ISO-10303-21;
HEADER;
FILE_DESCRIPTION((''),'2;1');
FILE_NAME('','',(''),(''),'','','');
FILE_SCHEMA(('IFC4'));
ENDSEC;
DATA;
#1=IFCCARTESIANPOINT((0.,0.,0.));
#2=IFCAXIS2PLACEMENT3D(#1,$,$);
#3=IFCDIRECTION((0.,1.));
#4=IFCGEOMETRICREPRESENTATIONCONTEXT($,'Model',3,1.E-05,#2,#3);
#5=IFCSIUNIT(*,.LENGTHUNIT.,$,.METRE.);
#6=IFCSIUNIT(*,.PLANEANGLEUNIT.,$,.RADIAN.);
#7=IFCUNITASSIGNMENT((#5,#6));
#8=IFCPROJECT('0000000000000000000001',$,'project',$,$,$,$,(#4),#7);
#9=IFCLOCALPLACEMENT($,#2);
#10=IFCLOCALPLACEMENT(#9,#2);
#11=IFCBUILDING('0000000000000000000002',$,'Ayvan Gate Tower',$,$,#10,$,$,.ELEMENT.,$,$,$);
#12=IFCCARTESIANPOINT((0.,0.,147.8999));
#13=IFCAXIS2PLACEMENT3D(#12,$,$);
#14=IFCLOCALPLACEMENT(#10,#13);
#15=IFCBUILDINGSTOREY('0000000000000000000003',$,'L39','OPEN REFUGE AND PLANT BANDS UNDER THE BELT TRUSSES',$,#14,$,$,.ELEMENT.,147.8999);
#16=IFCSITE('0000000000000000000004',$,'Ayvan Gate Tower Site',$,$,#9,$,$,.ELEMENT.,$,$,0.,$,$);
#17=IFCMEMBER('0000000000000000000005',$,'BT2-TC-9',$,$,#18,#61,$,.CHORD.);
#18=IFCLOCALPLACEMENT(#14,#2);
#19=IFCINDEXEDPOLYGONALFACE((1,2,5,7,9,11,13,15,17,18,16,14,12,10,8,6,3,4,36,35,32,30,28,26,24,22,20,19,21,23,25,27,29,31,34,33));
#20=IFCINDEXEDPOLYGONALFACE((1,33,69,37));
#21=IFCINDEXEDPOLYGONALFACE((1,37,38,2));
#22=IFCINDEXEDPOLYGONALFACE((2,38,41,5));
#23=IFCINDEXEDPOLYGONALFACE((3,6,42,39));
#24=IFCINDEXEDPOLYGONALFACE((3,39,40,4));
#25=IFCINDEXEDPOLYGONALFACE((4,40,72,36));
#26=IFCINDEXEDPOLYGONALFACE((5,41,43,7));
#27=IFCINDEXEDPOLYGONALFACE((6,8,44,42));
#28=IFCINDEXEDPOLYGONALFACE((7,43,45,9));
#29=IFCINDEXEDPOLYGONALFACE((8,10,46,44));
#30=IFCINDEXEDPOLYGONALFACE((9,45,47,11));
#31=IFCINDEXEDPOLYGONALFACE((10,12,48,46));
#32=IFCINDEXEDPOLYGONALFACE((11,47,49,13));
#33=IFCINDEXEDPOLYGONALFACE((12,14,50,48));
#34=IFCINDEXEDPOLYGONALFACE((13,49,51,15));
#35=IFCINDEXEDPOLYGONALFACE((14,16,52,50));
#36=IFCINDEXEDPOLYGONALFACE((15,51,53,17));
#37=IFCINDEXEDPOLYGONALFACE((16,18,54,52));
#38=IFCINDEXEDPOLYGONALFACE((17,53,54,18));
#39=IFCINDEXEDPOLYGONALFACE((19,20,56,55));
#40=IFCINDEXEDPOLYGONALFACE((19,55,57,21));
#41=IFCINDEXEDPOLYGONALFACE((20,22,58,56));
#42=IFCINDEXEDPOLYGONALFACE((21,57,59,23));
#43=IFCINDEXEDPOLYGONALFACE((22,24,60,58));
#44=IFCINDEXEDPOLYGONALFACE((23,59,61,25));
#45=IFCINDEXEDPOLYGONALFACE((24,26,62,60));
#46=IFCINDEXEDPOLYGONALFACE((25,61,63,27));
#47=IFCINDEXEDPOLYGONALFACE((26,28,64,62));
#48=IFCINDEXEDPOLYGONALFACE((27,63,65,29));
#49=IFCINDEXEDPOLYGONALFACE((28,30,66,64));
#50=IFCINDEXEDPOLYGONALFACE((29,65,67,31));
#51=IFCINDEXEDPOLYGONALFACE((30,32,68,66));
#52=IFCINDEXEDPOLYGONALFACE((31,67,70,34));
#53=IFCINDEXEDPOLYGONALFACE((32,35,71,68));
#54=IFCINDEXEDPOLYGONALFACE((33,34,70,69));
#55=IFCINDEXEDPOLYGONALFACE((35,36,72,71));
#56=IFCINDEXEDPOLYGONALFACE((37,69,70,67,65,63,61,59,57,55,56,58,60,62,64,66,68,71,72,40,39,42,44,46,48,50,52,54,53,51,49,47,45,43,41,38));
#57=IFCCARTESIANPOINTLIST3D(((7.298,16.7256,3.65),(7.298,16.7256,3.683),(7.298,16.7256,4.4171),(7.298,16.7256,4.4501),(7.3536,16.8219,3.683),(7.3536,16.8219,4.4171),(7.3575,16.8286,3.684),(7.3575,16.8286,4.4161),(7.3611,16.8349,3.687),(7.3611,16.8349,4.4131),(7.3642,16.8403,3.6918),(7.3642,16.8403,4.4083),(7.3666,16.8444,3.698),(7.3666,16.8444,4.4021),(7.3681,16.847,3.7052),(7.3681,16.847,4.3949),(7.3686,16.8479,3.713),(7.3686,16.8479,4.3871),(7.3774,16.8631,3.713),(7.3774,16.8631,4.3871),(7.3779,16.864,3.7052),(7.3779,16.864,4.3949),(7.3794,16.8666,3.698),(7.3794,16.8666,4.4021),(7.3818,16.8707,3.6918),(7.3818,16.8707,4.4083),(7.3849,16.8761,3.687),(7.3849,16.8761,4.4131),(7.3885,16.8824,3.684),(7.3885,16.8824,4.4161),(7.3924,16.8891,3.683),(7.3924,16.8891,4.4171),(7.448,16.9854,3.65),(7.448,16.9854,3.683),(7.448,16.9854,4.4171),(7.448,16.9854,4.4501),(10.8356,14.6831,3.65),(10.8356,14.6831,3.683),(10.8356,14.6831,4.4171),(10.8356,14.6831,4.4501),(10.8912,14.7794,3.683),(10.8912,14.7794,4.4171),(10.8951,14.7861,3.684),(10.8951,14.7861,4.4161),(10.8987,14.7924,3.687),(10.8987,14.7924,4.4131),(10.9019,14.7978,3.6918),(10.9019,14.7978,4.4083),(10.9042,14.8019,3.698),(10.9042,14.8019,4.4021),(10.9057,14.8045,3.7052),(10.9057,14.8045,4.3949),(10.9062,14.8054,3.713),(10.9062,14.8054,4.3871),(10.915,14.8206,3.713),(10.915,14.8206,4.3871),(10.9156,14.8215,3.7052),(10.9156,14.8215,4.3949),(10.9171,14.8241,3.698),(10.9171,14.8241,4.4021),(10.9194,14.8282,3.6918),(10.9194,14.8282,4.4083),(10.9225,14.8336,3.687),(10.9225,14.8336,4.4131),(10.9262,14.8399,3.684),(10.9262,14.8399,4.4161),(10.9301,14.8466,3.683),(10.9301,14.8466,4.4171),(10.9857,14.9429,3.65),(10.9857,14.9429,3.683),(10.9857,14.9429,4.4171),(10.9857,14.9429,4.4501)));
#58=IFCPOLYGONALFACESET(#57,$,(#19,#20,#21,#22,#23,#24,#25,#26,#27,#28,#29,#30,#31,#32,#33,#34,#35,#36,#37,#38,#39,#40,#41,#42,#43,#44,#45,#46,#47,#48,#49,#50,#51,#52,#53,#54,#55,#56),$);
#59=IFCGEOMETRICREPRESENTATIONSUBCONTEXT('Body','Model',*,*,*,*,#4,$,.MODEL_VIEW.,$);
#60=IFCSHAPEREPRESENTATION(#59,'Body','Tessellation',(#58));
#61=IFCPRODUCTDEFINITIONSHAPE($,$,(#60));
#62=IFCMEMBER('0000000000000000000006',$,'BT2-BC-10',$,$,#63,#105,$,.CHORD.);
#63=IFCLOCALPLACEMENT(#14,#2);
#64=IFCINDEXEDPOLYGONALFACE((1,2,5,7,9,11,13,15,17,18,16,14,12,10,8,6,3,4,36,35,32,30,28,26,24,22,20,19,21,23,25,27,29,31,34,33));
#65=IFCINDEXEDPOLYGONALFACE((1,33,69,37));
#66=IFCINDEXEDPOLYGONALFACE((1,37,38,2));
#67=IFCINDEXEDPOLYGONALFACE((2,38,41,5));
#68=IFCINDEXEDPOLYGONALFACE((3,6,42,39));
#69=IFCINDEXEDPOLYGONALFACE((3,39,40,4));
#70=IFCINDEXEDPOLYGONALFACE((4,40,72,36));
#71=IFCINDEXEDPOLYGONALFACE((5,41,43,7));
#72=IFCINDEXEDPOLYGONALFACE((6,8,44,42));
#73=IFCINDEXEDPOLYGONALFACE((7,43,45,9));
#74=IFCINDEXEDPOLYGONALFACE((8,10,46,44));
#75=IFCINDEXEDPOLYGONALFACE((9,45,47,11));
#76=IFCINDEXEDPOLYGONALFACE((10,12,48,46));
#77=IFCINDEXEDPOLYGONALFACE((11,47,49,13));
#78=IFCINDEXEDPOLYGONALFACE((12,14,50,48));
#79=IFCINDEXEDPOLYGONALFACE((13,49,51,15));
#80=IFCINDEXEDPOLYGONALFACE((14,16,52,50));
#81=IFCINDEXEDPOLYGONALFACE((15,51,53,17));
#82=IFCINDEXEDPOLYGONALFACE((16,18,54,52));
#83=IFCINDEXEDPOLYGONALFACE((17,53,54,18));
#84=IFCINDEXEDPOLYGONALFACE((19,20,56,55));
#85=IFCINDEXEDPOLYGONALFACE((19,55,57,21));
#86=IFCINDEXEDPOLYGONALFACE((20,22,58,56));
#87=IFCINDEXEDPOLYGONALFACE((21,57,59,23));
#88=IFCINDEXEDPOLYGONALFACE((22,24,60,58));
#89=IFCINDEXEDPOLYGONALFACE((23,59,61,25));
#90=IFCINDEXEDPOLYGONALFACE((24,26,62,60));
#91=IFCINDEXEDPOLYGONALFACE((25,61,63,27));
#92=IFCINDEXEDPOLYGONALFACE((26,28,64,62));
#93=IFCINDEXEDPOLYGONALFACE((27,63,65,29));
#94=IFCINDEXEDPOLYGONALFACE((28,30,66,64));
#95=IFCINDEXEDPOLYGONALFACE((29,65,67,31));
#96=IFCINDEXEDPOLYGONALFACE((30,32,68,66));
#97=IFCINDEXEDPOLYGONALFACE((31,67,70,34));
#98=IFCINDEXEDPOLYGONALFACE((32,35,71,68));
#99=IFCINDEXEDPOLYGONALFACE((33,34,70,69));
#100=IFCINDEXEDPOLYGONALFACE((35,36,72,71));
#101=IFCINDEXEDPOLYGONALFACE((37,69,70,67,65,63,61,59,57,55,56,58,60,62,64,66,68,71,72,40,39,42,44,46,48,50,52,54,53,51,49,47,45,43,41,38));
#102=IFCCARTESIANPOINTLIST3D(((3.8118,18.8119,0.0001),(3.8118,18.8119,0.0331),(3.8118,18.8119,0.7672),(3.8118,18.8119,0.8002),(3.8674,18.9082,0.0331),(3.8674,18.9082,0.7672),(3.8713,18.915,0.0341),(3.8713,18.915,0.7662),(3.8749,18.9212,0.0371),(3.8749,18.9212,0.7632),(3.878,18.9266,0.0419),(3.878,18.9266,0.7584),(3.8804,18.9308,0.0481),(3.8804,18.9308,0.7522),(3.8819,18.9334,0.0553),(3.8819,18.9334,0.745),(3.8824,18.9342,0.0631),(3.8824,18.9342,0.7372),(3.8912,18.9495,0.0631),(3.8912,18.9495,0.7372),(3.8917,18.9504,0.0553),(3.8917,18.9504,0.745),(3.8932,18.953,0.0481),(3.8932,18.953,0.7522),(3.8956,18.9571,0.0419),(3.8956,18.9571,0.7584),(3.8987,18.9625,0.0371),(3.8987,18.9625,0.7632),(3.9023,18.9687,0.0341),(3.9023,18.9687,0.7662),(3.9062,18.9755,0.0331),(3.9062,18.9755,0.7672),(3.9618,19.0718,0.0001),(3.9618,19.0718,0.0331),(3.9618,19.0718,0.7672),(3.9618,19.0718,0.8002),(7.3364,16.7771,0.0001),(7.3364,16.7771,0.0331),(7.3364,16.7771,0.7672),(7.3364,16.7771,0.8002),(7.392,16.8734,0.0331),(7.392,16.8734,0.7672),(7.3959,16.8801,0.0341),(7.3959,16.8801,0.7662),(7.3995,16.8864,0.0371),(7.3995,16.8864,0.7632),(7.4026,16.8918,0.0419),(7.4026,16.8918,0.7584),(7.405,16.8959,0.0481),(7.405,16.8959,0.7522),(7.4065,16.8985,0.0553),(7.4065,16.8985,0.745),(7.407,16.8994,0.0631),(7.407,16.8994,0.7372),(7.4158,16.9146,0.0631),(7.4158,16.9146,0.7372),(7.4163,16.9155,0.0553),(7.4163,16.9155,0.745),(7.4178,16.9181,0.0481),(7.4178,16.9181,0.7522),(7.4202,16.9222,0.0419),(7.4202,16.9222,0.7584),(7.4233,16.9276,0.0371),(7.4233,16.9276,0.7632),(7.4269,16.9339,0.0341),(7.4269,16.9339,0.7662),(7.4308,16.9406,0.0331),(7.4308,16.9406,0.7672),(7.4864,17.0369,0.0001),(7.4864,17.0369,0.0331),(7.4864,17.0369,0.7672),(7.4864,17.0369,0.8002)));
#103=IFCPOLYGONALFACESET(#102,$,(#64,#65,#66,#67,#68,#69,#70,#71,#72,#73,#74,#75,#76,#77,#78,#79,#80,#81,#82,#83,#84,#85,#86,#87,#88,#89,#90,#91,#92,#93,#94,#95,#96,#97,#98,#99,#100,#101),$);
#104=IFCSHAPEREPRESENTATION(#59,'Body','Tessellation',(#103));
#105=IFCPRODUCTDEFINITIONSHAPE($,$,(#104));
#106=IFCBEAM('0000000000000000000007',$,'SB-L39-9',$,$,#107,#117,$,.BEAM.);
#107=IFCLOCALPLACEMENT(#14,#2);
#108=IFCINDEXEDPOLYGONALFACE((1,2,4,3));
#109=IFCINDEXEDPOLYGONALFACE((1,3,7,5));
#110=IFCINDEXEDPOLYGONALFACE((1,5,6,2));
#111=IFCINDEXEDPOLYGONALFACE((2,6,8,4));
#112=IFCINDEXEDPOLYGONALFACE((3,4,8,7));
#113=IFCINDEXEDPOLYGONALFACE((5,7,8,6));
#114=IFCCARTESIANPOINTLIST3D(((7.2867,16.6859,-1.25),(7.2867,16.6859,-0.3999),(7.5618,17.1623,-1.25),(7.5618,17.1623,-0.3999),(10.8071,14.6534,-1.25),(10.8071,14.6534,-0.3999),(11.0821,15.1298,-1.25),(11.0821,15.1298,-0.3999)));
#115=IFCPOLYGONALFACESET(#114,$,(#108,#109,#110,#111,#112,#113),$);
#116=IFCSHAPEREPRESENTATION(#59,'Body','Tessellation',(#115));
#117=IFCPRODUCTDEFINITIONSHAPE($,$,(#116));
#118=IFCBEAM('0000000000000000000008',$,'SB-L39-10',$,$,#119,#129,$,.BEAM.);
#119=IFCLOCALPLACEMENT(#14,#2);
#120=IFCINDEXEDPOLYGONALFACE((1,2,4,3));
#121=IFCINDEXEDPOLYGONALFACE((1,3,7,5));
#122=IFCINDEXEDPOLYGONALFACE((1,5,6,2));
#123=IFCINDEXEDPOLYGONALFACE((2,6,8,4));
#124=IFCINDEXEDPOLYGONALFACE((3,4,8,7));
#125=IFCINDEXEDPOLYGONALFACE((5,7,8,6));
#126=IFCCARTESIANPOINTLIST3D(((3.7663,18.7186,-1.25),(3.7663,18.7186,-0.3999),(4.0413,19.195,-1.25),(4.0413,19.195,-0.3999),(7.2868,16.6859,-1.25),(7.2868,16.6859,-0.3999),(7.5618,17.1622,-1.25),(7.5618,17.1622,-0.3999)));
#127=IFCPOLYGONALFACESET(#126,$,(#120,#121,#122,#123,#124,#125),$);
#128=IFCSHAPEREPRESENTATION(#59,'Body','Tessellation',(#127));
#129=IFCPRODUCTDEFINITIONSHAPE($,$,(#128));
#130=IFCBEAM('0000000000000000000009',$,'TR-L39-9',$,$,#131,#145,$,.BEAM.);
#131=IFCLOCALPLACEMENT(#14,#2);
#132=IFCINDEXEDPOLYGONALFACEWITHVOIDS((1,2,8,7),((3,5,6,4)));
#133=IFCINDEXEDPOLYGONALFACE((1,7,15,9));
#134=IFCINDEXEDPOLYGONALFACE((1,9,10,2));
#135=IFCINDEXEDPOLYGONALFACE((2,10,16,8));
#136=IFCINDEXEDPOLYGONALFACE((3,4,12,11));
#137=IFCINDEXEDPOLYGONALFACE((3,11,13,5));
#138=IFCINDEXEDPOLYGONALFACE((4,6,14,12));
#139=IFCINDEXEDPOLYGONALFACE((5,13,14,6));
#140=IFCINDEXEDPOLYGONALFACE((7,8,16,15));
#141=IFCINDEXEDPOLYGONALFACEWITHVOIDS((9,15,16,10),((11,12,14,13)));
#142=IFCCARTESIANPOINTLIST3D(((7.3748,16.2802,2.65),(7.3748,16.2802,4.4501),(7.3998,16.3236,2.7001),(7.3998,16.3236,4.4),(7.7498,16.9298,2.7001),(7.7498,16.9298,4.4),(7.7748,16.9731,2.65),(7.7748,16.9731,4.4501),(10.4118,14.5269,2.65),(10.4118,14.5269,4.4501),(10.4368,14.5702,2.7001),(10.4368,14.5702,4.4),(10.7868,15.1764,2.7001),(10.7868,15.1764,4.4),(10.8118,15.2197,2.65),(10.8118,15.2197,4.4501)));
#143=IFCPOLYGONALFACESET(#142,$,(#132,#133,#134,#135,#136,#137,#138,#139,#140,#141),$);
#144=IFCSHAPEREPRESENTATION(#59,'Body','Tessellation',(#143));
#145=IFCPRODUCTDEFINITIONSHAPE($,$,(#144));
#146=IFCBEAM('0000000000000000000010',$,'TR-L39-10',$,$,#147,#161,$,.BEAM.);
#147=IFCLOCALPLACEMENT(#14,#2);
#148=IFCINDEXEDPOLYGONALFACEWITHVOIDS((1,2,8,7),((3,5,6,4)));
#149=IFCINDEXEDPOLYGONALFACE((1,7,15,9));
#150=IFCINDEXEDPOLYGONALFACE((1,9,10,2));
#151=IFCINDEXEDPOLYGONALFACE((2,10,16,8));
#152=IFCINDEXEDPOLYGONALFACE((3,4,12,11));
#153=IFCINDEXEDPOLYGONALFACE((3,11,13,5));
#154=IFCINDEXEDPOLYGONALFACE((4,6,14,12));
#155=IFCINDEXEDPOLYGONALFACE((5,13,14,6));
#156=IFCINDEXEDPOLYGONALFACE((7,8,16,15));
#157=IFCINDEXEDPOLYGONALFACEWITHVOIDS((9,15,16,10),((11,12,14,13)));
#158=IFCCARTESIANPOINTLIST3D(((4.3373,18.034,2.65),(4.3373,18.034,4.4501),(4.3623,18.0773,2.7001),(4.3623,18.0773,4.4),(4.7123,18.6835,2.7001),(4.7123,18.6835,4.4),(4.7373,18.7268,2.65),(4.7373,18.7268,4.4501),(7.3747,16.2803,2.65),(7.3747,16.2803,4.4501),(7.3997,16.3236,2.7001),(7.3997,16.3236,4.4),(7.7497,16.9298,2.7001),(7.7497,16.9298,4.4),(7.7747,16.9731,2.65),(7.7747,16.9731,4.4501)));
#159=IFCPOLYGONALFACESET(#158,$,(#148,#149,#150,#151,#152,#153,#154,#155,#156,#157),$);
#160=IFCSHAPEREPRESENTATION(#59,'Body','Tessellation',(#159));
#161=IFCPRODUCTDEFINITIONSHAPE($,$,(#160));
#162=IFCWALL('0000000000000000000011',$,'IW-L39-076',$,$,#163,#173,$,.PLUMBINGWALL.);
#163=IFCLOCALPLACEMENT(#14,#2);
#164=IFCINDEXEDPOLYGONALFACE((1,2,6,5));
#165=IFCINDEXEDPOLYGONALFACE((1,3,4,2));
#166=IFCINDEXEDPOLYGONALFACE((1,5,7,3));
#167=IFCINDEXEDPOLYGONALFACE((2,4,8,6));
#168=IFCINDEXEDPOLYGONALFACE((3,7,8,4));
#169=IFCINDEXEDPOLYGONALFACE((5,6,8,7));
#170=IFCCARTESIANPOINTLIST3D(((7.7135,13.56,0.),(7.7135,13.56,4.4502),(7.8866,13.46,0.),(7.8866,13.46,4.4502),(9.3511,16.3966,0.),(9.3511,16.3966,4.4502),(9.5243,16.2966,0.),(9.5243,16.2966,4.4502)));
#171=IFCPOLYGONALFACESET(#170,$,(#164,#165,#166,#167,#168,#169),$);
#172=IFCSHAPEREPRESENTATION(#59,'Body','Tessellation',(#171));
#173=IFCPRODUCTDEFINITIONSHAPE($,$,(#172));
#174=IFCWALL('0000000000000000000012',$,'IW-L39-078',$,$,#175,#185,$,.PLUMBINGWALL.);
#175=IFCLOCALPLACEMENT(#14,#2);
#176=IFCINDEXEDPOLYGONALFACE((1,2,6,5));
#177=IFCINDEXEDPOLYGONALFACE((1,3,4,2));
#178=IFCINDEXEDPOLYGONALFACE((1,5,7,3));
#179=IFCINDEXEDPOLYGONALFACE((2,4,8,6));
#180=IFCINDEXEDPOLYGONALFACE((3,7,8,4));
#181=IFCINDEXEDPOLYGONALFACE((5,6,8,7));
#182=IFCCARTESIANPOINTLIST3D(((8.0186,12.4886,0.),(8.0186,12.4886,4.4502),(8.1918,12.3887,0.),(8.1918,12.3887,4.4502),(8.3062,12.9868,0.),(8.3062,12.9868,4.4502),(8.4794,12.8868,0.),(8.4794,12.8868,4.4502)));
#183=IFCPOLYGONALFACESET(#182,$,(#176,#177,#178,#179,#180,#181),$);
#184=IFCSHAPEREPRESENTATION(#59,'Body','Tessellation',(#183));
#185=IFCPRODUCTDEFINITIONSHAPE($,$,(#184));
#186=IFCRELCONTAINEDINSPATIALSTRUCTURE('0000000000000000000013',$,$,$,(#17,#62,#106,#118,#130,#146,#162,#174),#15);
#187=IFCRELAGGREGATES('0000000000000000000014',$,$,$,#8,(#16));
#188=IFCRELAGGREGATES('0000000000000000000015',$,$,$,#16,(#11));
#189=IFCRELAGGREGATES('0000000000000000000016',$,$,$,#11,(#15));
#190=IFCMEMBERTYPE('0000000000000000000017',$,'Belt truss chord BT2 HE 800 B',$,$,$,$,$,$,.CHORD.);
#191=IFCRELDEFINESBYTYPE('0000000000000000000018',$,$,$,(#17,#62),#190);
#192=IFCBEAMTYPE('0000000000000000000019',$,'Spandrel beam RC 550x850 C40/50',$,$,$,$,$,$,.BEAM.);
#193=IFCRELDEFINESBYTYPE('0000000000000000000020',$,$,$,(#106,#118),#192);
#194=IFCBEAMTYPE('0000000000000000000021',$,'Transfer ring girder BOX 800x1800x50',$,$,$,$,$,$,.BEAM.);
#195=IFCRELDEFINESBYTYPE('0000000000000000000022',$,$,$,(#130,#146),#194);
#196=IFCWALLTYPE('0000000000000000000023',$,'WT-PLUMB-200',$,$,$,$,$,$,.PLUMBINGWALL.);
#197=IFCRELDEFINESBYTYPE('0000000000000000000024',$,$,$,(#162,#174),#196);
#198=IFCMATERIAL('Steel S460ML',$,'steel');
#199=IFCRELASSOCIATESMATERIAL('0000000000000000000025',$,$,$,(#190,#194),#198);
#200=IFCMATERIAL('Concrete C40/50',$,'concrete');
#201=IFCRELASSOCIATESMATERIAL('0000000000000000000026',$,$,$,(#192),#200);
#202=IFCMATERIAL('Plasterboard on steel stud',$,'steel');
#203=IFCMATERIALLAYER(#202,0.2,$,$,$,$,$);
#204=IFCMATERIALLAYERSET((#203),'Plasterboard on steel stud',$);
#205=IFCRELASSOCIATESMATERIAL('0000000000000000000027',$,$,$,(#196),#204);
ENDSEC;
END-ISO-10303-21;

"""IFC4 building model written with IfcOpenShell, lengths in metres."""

from ifc_helpers import new_model, si_unit, direction, frame, frame_2d, origin, origin_2d, place, context, subcontext, project, spatial, rectangle, hollow_rectangle, i_section, extrude, material, layer, layer_set, material_profile, profile_set, type_object, element, save


model = new_model("IFC4")

# Units and contexts
model_context = context("Model", 3, precision=1e-05, world=origin(), true_north=direction((0.0, 1.0)))
body_context = subcontext(model_context, "Body", "Model", "MODEL_VIEW")
ifc_project = project(units=[si_unit("LENGTHUNIT", "METRE"), si_unit("PLANEANGLEUNIT", "RADIAN")], contexts=[model_context])

# Site, building, storey
site_placement = place(None, origin())
site = spatial("IfcSite", under=ifc_project, at=site_placement, Name="Ayvan Gate Tower Site", CompositionType="ELEMENT", RefElevation=0.0)
building_placement = place(site_placement, origin())
building = spatial("IfcBuilding", under=site, at=building_placement, Name="Ayvan Gate Tower", CompositionType="ELEMENT")
storey_placement = place(building_placement, frame((0.0, 0.0, 147.8999)))
storey = spatial("IfcBuildingStorey", under=building, at=storey_placement, Name="L39", Description="OPEN REFUGE AND PLANT BANDS UNDER THE BELT TRUSSES", CompositionType="ELEMENT", Elevation=147.8999)

# Members
ifc_material_1 = material(Name="Steel S460ML", Category="steel")
ifc_material_profile_1 = material_profile(ifc_material_1, i_section(OverallWidth=0.3, OverallDepth=0.8, WebThickness=0.0176, FlangeThickness=0.033, FilletRadius=0.03, at=origin_2d()), Name="HE 800 B")
ifc_profile_set_1 = profile_set([ifc_material_profile_1], Name="Steel S460ML")
member_type_1 = type_object("IfcMemberType", Name="Belt truss chord BT2 HE 800 B", PredefinedType="CHORD", material=ifc_profile_set_1)
member_1_placement = place(storey_placement, frame((10.9106, 14.813, 4.05), z_axis=(-0.86602, 0.500009, 0.0), x_axis=(-0.500009, -0.86602, 0.0)))
element("IfcMember", 1, at=member_1_placement, inside=storey, type_object=member_type_1, Name="BT2-TC-9", PredefinedType="CHORD", context=body_context, shape_type="SweptSolid", body=[
    extrude(i_section(OverallWidth=0.3, OverallDepth=0.8, WebThickness=0.0176, FlangeThickness=0.033, FilletRadius=0.03, at=origin_2d()), origin(), (0.0, 0.0, 1.0), 4.085),
])
member_2_placement = place(storey_placement, frame((7.4114, 16.907, 0.4001), z_axis=(-0.866031, 0.499991, 0.0), x_axis=(-0.499991, -0.866031, 0.0)))
element("IfcMember", 2, at=member_2_placement, inside=storey, type_object=member_type_1, Name="BT2-BC-10", PredefinedType="CHORD", context=body_context, shape_type="SweptSolid", body=[
    extrude(i_section(OverallWidth=0.3, OverallDepth=0.8, WebThickness=0.0176, FlangeThickness=0.033, FilletRadius=0.03, at=origin_2d()), origin(), (0.0, 0.0, 1.0), 4.0698),
])

# Beams
ifc_material_2 = material(Name="Concrete C40/50", Category="concrete")
ifc_material_profile_2 = material_profile(ifc_material_2, rectangle(XDim=0.55, YDim=0.8501, at=origin_2d()), Name="RC 550x850")
ifc_profile_set_2 = profile_set([ifc_material_profile_2], Name="Concrete C40/50")
beam_type_1 = type_object("IfcBeamType", Name="Spandrel beam RC 550x850 C40/50", PredefinedType="BEAM", material=ifc_profile_set_2)
beam_1_placement = place(storey_placement, frame((10.9446, 14.8916, -0.825), z_axis=(-0.866021, 0.500008, 0.0), x_axis=(-0.500008, -0.866021, 0.0)))
element("IfcBeam", 3, at=beam_1_placement, inside=storey, type_object=beam_type_1, Name="SB-L39-9", PredefinedType="BEAM", context=body_context, shape_type="SweptSolid", body=[
    extrude(rectangle(XDim=0.55, YDim=0.8501, at=origin_2d()), origin(), (0.0, 0.0, 1.0), 4.0649),
])
beam_2_placement = place(storey_placement, frame((7.4243, 16.9241, -0.825), z_axis=(-0.86601, 0.500027, 0.0), x_axis=(-0.500027, -0.86601, 0.0)))
element("IfcBeam", 4, at=beam_2_placement, inside=storey, type_object=beam_type_1, Name="SB-L39-10", PredefinedType="BEAM", context=body_context, shape_type="SweptSolid", body=[
    extrude(rectangle(XDim=0.55, YDim=0.8501, at=origin_2d()), origin(), (0.0, 0.0, 1.0), 4.0652),
])
ifc_material_profile_3 = material_profile(ifc_material_1, hollow_rectangle(XDim=0.8, YDim=1.8, WallThickness=0.05, at=origin_2d()), Name="BOX 800x1800x50")
ifc_profile_set_3 = profile_set([ifc_material_profile_3], Name="Steel S460ML")
beam_type_2 = type_object("IfcBeamType", Name="Transfer ring girder BOX 800x1800x50", PredefinedType="BEAM", material=ifc_profile_set_3)
beam_3_placement = place(storey_placement, frame((10.6118, 14.8733, 3.55), z_axis=(-0.866033, 0.499988, 0.0), x_axis=(-0.499988, -0.866033, 0.0)))
element("IfcBeam", 5, at=beam_3_placement, inside=storey, type_object=beam_type_2, Name="TR-L39-9", PredefinedType="BEAM", context=body_context, shape_type="SweptSolid", body=[
    extrude(hollow_rectangle(XDim=0.8, YDim=1.8, WallThickness=0.05, at=origin_2d()), origin(), (0.0, 0.0, 1.0), 3.5068),
])
beam_4_placement = place(storey_placement, frame((7.5747, 16.6267, 3.55), z_axis=(-0.86602, 0.50001, 0.0), x_axis=(-0.50001, -0.86602, 0.0)))
element("IfcBeam", 6, at=beam_4_placement, inside=storey, type_object=beam_type_2, Name="TR-L39-10", PredefinedType="BEAM", context=body_context, shape_type="SweptSolid", body=[
    extrude(hollow_rectangle(XDim=0.8, YDim=1.8, WallThickness=0.05, at=origin_2d()), origin(), (0.0, 0.0, 1.0), 3.5073),
])

# Walls
ifc_material_3 = material(Name="Plasterboard on steel stud", Category="steel")
ifc_layer_1 = layer(ifc_material_3, 0.2)
ifc_layer_set_1 = layer_set([ifc_layer_1], Name="Plasterboard on steel stud")
wall_type_1 = type_object("IfcWallType", Name="WT-PLUMB-200", PredefinedType="PLUMBINGWALL", material=ifc_layer_set_1)
wall_1_placement = place(storey_placement, frame((7.8, 13.51, 0.0), z_axis=(0.0, 0.0, 1.0), x_axis=(0.499987, 0.866033, 0.0)))
element("IfcWall", 7, at=wall_1_placement, inside=storey, type_object=wall_type_1, Name="IW-L39-076", PredefinedType="PLUMBINGWALL", context=body_context, shape_type="SweptSolid", body=[
    extrude(rectangle(XDim=3.2754, YDim=0.2, at=frame_2d((1.6377, 0.0))), origin(), (0.0, 0.0, 1.0), 4.4502),
])
wall_2_placement = place(storey_placement, frame((8.3928, 12.9368, 0.0), z_axis=(0.0, 0.0, 1.0), x_axis=(-0.500065, -0.865988, 0.0)))
element("IfcWall", 8, at=wall_2_placement, inside=storey, type_object=wall_type_1, Name="IW-L39-078", PredefinedType="PLUMBINGWALL", context=body_context, shape_type="SweptSolid", body=[
    extrude(rectangle(XDim=0.5752, YDim=0.2, at=frame_2d((0.2876, 0.0))), origin(), (0.0, 0.0, 1.0), 4.4502),
])

save(model, "model.ifc")
